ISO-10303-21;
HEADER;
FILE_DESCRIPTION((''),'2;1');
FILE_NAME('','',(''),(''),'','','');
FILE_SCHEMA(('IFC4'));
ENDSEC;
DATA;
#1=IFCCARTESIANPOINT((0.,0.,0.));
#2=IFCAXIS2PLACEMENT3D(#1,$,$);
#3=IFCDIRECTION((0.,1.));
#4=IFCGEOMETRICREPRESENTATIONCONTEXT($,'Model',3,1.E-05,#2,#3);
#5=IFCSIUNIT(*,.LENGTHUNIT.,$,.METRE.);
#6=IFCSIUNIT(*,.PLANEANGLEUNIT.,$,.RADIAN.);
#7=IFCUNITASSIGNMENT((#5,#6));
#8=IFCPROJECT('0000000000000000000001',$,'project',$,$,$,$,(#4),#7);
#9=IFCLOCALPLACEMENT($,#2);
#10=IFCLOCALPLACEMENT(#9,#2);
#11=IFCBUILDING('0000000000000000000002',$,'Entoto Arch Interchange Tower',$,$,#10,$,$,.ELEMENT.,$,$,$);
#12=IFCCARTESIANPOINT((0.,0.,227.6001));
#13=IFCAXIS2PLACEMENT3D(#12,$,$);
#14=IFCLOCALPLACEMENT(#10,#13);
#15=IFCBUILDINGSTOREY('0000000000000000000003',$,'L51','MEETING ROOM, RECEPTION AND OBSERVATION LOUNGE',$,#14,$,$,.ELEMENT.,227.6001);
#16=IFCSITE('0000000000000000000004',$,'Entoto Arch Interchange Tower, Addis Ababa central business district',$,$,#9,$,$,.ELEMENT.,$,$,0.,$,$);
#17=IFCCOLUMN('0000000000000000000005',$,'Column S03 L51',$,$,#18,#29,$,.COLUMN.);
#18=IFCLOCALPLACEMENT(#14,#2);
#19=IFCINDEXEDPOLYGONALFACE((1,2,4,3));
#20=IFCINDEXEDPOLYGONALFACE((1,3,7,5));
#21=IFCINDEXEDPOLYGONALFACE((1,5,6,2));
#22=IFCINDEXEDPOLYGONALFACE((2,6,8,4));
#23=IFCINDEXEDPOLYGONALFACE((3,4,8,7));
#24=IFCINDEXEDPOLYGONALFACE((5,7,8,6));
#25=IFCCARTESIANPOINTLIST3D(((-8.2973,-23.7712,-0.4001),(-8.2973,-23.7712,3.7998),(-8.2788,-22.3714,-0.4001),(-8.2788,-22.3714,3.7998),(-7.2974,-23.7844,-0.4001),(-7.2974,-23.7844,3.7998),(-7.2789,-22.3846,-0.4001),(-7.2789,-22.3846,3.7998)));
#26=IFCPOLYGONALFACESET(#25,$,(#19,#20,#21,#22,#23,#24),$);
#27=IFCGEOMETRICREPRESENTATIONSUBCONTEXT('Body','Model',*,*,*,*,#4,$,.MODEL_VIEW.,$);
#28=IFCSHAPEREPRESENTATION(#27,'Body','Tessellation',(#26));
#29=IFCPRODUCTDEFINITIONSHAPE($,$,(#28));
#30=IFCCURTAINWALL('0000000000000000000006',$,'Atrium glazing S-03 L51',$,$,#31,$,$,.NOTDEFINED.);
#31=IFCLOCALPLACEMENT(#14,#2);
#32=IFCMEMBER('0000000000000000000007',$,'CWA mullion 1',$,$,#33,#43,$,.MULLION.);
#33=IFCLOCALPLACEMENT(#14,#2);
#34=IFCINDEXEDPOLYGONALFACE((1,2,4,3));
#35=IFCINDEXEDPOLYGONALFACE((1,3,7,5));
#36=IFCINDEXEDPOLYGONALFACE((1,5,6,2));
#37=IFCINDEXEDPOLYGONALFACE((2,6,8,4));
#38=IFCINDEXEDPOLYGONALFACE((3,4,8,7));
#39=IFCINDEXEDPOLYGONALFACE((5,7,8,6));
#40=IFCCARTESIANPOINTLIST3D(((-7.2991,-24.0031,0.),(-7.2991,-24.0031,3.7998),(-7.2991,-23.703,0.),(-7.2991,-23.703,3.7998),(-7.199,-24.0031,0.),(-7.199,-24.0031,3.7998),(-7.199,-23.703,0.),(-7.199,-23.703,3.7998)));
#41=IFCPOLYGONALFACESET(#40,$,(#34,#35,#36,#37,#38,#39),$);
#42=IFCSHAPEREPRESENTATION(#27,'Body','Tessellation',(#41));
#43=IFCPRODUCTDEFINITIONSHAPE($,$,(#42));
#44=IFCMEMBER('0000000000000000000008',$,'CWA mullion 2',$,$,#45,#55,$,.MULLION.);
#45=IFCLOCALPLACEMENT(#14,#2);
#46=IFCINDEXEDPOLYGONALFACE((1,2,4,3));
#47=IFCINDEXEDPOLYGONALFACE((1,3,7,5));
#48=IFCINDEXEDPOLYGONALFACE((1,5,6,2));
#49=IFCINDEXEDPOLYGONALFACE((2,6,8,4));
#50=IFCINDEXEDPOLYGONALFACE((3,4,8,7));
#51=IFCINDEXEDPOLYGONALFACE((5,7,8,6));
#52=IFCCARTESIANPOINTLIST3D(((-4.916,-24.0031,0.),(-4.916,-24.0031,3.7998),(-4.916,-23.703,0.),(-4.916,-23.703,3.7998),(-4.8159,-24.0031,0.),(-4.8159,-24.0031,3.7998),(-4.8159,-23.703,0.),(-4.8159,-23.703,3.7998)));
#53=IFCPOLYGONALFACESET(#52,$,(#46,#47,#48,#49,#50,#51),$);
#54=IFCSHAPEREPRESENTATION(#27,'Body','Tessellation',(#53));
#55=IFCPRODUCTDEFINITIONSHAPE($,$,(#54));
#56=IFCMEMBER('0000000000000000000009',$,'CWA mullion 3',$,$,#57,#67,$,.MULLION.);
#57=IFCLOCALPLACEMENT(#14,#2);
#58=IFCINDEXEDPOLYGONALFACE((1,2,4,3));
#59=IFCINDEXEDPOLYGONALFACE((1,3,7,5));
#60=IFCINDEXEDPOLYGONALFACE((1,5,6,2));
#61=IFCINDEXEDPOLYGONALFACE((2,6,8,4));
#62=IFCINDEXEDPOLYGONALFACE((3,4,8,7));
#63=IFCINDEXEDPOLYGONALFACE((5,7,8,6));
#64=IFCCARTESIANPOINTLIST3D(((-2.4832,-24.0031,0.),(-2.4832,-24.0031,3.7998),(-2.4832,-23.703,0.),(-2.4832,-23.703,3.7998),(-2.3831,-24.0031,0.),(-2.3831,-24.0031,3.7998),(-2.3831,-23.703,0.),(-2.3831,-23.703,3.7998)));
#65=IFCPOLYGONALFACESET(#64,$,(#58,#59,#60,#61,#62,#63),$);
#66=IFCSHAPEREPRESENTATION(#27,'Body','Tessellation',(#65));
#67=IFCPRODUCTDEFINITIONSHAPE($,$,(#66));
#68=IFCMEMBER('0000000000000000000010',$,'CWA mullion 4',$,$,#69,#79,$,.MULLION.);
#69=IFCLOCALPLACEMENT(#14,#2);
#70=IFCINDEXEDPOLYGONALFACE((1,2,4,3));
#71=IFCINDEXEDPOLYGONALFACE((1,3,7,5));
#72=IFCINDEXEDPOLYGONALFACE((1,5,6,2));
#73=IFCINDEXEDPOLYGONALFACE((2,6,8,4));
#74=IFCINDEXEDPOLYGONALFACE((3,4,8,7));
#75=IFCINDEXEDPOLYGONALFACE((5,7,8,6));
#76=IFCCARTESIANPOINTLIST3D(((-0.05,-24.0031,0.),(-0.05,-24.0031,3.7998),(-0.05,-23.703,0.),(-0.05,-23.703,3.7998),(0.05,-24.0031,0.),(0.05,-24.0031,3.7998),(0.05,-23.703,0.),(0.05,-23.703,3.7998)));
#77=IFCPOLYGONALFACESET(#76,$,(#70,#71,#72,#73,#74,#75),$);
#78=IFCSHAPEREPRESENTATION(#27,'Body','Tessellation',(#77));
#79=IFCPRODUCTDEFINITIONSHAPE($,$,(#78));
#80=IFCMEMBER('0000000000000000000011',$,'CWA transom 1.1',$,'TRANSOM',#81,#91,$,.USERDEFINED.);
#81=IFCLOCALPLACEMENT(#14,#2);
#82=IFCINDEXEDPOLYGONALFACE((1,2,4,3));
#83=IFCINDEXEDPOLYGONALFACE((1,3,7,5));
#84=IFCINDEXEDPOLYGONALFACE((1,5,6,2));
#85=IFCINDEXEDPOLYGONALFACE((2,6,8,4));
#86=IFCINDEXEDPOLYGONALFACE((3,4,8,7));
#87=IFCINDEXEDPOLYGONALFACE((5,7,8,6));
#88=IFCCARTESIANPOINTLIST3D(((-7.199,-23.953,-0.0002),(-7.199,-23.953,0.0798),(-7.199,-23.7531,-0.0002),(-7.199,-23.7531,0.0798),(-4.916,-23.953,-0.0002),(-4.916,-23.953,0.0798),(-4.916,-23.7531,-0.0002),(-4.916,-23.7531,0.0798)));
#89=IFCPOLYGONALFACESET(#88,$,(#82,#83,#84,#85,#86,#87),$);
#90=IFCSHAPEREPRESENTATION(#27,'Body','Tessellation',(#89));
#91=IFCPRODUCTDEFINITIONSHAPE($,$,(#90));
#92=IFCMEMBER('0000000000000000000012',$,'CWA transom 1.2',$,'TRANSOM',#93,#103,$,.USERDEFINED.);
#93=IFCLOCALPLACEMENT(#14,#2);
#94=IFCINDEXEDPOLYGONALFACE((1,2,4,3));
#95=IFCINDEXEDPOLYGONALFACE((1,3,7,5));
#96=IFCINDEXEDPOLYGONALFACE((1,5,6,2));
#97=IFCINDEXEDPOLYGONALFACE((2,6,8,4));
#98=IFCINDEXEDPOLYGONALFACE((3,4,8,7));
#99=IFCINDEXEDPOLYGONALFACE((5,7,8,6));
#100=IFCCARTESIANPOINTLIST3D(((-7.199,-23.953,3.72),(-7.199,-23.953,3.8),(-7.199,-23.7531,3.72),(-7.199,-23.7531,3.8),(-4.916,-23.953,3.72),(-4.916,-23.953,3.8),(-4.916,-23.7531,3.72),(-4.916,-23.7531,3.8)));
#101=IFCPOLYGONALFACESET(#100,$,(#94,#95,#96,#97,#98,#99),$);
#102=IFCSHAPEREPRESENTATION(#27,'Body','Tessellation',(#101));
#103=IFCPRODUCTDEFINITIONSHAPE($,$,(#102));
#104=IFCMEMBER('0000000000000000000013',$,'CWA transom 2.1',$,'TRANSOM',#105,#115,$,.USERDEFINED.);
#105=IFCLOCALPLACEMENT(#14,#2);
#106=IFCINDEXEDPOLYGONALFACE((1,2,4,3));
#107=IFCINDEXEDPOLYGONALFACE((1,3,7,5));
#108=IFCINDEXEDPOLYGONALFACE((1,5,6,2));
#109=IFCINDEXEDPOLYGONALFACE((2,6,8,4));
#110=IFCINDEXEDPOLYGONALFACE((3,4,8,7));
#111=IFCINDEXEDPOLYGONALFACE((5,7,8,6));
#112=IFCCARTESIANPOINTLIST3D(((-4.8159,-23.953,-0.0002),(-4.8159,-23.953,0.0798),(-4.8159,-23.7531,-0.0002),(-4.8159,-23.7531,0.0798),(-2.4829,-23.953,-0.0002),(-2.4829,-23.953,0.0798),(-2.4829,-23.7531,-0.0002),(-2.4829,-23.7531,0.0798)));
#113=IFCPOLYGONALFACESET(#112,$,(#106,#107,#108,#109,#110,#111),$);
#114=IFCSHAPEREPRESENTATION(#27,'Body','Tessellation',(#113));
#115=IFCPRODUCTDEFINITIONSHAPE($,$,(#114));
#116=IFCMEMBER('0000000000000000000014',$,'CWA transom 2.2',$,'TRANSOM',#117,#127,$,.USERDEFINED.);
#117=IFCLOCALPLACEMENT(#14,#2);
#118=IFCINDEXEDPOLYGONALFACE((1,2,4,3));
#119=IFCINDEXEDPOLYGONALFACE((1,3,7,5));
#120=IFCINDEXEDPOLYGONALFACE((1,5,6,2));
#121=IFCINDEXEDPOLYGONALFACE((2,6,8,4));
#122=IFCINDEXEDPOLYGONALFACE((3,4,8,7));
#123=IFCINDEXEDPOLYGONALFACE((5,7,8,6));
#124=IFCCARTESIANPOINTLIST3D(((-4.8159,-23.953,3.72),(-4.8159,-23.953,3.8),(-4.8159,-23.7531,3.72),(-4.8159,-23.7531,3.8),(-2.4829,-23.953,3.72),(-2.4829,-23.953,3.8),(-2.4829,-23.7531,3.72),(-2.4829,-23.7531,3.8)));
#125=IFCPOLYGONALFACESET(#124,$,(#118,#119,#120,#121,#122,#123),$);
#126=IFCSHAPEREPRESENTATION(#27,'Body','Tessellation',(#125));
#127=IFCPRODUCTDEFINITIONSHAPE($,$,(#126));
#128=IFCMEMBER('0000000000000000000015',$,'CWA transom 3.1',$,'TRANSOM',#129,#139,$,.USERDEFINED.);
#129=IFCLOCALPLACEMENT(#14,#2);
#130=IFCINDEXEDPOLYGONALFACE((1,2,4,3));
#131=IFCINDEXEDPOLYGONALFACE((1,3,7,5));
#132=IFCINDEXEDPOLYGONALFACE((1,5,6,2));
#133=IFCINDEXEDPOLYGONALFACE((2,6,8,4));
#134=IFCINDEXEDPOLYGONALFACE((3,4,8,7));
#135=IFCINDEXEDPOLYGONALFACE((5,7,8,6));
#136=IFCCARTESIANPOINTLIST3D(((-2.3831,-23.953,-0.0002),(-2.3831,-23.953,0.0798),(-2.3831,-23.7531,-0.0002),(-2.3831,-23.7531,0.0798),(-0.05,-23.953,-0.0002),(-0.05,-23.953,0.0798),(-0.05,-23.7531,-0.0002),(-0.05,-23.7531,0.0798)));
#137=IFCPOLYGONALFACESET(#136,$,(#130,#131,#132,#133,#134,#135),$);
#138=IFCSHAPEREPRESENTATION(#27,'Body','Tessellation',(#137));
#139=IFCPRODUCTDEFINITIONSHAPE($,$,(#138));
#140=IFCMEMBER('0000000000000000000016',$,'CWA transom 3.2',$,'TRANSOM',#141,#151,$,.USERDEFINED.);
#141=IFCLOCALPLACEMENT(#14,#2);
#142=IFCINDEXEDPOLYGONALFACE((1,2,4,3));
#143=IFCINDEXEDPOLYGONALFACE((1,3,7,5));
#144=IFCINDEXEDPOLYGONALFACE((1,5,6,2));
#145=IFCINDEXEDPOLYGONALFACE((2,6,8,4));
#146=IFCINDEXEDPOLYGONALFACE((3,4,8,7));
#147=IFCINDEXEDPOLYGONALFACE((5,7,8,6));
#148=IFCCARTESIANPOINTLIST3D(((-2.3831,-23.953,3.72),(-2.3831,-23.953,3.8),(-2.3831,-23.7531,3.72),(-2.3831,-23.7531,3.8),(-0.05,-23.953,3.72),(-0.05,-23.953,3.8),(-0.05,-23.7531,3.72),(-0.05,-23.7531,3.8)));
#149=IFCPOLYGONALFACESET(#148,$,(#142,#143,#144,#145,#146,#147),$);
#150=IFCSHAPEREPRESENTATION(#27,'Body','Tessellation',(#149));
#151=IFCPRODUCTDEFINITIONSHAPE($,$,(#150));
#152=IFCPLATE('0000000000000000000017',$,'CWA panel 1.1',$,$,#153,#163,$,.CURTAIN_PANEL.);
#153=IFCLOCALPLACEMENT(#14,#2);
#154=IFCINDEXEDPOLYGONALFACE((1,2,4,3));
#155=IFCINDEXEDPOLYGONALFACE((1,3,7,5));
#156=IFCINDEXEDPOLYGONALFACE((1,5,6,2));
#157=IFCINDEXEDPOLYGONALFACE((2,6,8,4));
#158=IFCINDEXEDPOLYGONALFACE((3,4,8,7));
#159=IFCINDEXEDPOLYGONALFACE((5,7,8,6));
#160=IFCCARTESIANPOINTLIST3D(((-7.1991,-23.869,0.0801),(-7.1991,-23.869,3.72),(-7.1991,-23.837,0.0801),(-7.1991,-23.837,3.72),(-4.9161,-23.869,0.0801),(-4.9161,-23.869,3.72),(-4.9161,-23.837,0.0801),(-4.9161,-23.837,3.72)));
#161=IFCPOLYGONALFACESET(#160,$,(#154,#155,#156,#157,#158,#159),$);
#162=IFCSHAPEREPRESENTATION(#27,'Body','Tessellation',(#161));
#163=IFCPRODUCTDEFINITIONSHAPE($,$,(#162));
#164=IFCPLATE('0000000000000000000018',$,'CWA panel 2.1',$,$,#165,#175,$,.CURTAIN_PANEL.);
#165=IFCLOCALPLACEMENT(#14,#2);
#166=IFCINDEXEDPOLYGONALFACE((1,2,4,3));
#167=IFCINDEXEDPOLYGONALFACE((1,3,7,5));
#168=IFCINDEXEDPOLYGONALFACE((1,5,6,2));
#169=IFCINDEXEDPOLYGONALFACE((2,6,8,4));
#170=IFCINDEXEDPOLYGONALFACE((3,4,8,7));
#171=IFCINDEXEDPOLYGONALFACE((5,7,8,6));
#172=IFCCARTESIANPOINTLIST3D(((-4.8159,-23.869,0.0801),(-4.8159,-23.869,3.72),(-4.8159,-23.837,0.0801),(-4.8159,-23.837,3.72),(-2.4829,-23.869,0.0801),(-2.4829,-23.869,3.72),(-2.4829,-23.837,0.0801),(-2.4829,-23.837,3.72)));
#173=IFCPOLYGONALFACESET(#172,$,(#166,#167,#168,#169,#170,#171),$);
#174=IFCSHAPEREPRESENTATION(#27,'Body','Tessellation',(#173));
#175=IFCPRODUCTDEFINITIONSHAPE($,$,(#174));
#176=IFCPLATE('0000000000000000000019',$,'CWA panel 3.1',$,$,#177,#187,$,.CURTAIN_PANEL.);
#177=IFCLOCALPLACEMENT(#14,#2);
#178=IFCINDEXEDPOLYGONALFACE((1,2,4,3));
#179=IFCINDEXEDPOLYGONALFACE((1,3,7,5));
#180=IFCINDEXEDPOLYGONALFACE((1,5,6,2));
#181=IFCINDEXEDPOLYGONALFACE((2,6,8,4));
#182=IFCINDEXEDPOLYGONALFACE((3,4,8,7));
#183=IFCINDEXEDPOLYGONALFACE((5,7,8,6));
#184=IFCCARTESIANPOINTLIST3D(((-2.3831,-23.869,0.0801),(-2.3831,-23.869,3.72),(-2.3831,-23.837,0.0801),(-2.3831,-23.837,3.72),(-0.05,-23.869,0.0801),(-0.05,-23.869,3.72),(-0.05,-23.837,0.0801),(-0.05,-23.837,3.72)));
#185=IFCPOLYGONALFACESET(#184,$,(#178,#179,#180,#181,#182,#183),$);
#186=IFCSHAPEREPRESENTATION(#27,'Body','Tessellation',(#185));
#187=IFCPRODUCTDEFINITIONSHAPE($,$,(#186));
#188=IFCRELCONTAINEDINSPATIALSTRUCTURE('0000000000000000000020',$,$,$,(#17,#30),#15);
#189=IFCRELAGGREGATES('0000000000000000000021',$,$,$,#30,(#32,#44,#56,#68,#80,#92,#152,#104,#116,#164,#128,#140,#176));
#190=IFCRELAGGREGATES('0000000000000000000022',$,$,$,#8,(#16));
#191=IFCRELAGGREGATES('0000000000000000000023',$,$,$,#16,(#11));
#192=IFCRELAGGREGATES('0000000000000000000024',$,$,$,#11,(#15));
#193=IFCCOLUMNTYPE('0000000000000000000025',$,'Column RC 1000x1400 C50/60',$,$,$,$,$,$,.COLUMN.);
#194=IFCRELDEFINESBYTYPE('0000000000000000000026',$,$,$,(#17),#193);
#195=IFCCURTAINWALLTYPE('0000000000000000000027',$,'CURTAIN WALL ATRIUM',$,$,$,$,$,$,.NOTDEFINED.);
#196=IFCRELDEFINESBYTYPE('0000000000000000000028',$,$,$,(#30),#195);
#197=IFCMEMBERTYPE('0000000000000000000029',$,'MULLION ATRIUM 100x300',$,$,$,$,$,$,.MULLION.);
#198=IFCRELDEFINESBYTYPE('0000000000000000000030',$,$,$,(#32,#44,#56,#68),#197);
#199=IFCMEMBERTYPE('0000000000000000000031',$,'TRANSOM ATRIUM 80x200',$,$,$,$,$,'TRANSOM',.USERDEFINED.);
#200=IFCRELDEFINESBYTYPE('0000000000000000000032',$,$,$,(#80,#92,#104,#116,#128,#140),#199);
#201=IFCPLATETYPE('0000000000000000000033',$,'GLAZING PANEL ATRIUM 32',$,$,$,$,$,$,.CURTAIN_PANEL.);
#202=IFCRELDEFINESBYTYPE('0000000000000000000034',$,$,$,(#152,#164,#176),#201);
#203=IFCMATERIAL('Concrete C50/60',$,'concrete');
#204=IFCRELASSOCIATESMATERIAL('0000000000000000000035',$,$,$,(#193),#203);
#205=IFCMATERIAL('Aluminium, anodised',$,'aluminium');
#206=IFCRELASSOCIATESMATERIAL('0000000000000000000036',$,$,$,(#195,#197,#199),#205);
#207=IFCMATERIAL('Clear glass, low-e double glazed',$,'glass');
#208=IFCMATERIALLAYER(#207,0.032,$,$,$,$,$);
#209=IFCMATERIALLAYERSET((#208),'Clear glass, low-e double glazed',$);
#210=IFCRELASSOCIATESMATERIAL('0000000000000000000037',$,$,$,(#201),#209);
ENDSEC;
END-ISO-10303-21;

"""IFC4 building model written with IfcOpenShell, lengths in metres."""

from ifc_helpers import new_model, si_unit, direction, frame, origin, origin_2d, place, context, subcontext, project, spatial, rectangle, extrude, material, layer, layer_set, material_profile, profile_set, type_object, element, aggregate, save


model = new_model("IFC4")

# Units and contexts
model_context = context("Model", 3, precision=1e-05, world=origin(), true_north=direction((0.0, 1.0)))
body_context = subcontext(model_context, "Body", "Model", "MODEL_VIEW")
ifc_project = project(units=[si_unit("LENGTHUNIT", "METRE"), si_unit("PLANEANGLEUNIT", "RADIAN")], contexts=[model_context])

# Site, building, storey
site_placement = place(None, origin())
site = spatial("IfcSite", under=ifc_project, at=site_placement, Name="Entoto Arch Interchange Tower, Addis Ababa central business district", CompositionType="ELEMENT", RefElevation=0.0)
building_placement = place(site_placement, origin())
building = spatial("IfcBuilding", under=site, at=building_placement, Name="Entoto Arch Interchange Tower", CompositionType="ELEMENT")
storey_placement = place(building_placement, frame((0.0, 0.0, 227.6001)))
storey = spatial("IfcBuildingStorey", under=building, at=storey_placement, Name="L51", Description="MEETING ROOM, RECEPTION AND OBSERVATION LOUNGE", CompositionType="ELEMENT", Elevation=227.6001)

# Column
ifc_material_1 = material(Name="Concrete C50/60", Category="concrete")
ifc_material_profile_1 = material_profile(ifc_material_1, rectangle(XDim=1.0, YDim=1.3999, at=origin_2d()))
ifc_profile_set_1 = profile_set([ifc_material_profile_1], Name="Concrete C50/60")
column_type = type_object("IfcColumnType", Name="Column RC 1000x1400 C50/60", PredefinedType="COLUMN", material=ifc_profile_set_1)
column_placement = place(storey_placement, frame((-7.7881, -23.0779, -0.4001), z_axis=(0.0, 0.0, 1.0), x_axis=(-0.999913, 0.013177, 0.0)))
element("IfcColumn", 1, at=column_placement, inside=storey, type_object=column_type, Name="Column S03 L51", PredefinedType="COLUMN", context=body_context, shape_type="SweptSolid", body=[
    extrude(rectangle(XDim=1.0, YDim=1.3999, at=origin_2d()), origin(), (0.0, 0.0, 1.0), 4.2),
])

# Curtain wall, members, plates
ifc_material_2 = material(Name="Aluminium, anodised", Category="aluminium")
curtain_wall_type = type_object("IfcCurtainWallType", Name="CURTAIN WALL ATRIUM", PredefinedType="NOTDEFINED", material=ifc_material_2)
curtain_wall_placement = place(storey_placement, origin())
curtain_wall = element("IfcCurtainWall", 2, at=curtain_wall_placement, inside=storey, type_object=curtain_wall_type, Name="Atrium glazing S-03 L51", PredefinedType="NOTDEFINED")
ifc_material_profile_2 = material_profile(ifc_material_2, rectangle(XDim=0.3, YDim=0.1001, at=origin_2d()))
ifc_profile_set_2 = profile_set([ifc_material_profile_2], Name="Aluminium, anodised")
member_type_1 = type_object("IfcMemberType", Name="MULLION ATRIUM 100x300", PredefinedType="MULLION", material=ifc_profile_set_2)
member_1_placement = place(storey_placement, frame((-7.249, -23.853, 0.0), z_axis=(0.0, 0.0, 1.0), x_axis=(0.0, 1.0, 0.0)))
member_1 = element("IfcMember", 3, at=member_1_placement, type_object=member_type_1, Name="CWA mullion 1", PredefinedType="MULLION", context=body_context, shape_type="SweptSolid", body=[
    extrude(rectangle(XDim=0.3, YDim=0.1001, at=origin_2d()), origin(), (0.0, 0.0, 1.0), 3.7998),
])
member_2_placement = place(storey_placement, frame((-4.866, -23.853, 0.0), z_axis=(0.0, 0.0, 1.0), x_axis=(0.0, 1.0, 0.0)))
member_2 = element("IfcMember", 4, at=member_2_placement, type_object=member_type_1, Name="CWA mullion 2", PredefinedType="MULLION", context=body_context, shape_type="SweptSolid", body=[
    extrude(rectangle(XDim=0.3, YDim=0.1001, at=origin_2d()), origin(), (0.0, 0.0, 1.0), 3.7998),
])
member_3_placement = place(storey_placement, frame((-2.4331, -23.853, 0.0), z_axis=(0.0, 0.0, 1.0), x_axis=(0.0, 1.0, 0.0)))
member_3 = element("IfcMember", 5, at=member_3_placement, type_object=member_type_1, Name="CWA mullion 3", PredefinedType="MULLION", context=body_context, shape_type="SweptSolid", body=[
    extrude(rectangle(XDim=0.3, YDim=0.1001, at=origin_2d()), origin(), (0.0, 0.0, 1.0), 3.7998),
])
member_4_placement = place(storey_placement, frame((0.0, -23.853, 0.0), z_axis=(0.0, 0.0, 1.0), x_axis=(0.0, 1.0, 0.0)))
member_4 = element("IfcMember", 6, at=member_4_placement, type_object=member_type_1, Name="CWA mullion 4", PredefinedType="MULLION", context=body_context, shape_type="SweptSolid", body=[
    extrude(rectangle(XDim=0.3, YDim=0.1001, at=origin_2d()), origin(), (0.0, 0.0, 1.0), 3.7998),
])
ifc_material_profile_3 = material_profile(ifc_material_2, rectangle(XDim=0.2, YDim=0.0801, at=origin_2d()))
ifc_profile_set_3 = profile_set([ifc_material_profile_3], Name="Aluminium, anodised")
member_type_2 = type_object("IfcMemberType", Name="TRANSOM ATRIUM 80x200", ElementType="TRANSOM", PredefinedType="USERDEFINED", material=ifc_profile_set_3)
member_5_placement = place(storey_placement, frame((-7.199, -23.853, 0.0398), z_axis=(1.0, 0.0, 0.0), x_axis=(0.0, 1.0, 0.0)))
member_5 = element("IfcMember", 7, at=member_5_placement, type_object=member_type_2, Name="CWA transom 1.1", ObjectType="TRANSOM", PredefinedType="USERDEFINED", context=body_context, shape_type="SweptSolid", body=[
    extrude(rectangle(XDim=0.2, YDim=0.0801, at=origin_2d()), origin(), (0.0, 0.0, 1.0), 2.283),
])
member_6_placement = place(storey_placement, frame((-7.199, -23.853, 3.76), z_axis=(1.0, 0.0, 0.0), x_axis=(0.0, 1.0, 0.0)))
member_6 = element("IfcMember", 8, at=member_6_placement, type_object=member_type_2, Name="CWA transom 1.2", ObjectType="TRANSOM", PredefinedType="USERDEFINED", context=body_context, shape_type="SweptSolid", body=[
    extrude(rectangle(XDim=0.2, YDim=0.0801, at=origin_2d()), origin(), (0.0, 0.0, 1.0), 2.283),
])
member_7_placement = place(storey_placement, frame((-4.8159, -23.853, 0.0398), z_axis=(1.0, 0.0, 0.0), x_axis=(0.0, 1.0, 0.0)))
member_7 = element("IfcMember", 9, at=member_7_placement, type_object=member_type_2, Name="CWA transom 2.1", ObjectType="TRANSOM", PredefinedType="USERDEFINED", context=body_context, shape_type="SweptSolid", body=[
    extrude(rectangle(XDim=0.2, YDim=0.0801, at=origin_2d()), origin(), (0.0, 0.0, 1.0), 2.333),
])
member_8_placement = place(storey_placement, frame((-4.8159, -23.853, 3.76), z_axis=(1.0, 0.0, 0.0), x_axis=(0.0, 1.0, 0.0)))
member_8 = element("IfcMember", 10, at=member_8_placement, type_object=member_type_2, Name="CWA transom 2.2", ObjectType="TRANSOM", PredefinedType="USERDEFINED", context=body_context, shape_type="SweptSolid", body=[
    extrude(rectangle(XDim=0.2, YDim=0.0801, at=origin_2d()), origin(), (0.0, 0.0, 1.0), 2.333),
])
member_9_placement = place(storey_placement, frame((-2.3831, -23.853, 0.0398), z_axis=(1.0, 0.0, 0.0), x_axis=(0.0, 1.0, 0.0)))
member_9 = element("IfcMember", 11, at=member_9_placement, type_object=member_type_2, Name="CWA transom 3.1", ObjectType="TRANSOM", PredefinedType="USERDEFINED", context=body_context, shape_type="SweptSolid", body=[
    extrude(rectangle(XDim=0.2, YDim=0.0801, at=origin_2d()), origin(), (0.0, 0.0, 1.0), 2.333),
])
member_10_placement = place(storey_placement, frame((-2.3831, -23.853, 3.76), z_axis=(1.0, 0.0, 0.0), x_axis=(0.0, 1.0, 0.0)))
member_10 = element("IfcMember", 12, at=member_10_placement, type_object=member_type_2, Name="CWA transom 3.2", ObjectType="TRANSOM", PredefinedType="USERDEFINED", context=body_context, shape_type="SweptSolid", body=[
    extrude(rectangle(XDim=0.2, YDim=0.0801, at=origin_2d()), origin(), (0.0, 0.0, 1.0), 2.333),
])
ifc_material_3 = material(Name="Clear glass, low-e double glazed", Category="glass")
ifc_layer_1 = layer(ifc_material_3, 0.032)
ifc_layer_set_1 = layer_set([ifc_layer_1], Name="Clear glass, low-e double glazed")
plate_type = type_object("IfcPlateType", Name="GLAZING PANEL ATRIUM 32", PredefinedType="CURTAIN_PANEL", material=ifc_layer_set_1)
plate_1_placement = place(storey_placement, frame((-6.0576, -23.853, 0.0801), z_axis=(0.0, 0.0, 1.0), x_axis=(1.0, 0.0, 0.0)))
plate_1 = element("IfcPlate", 13, at=plate_1_placement, type_object=plate_type, Name="CWA panel 1.1", PredefinedType="CURTAIN_PANEL", context=body_context, shape_type="SweptSolid", body=[
    extrude(rectangle(XDim=2.283, YDim=0.032, at=origin_2d()), origin(), (0.0, 0.0, 1.0), 3.6399),
])
plate_2_placement = place(storey_placement, frame((-3.6494, -23.853, 0.0801), z_axis=(0.0, 0.0, 1.0), x_axis=(1.0, 0.0, 0.0)))
plate_2 = element("IfcPlate", 14, at=plate_2_placement, type_object=plate_type, Name="CWA panel 2.1", PredefinedType="CURTAIN_PANEL", context=body_context, shape_type="SweptSolid", body=[
    extrude(rectangle(XDim=2.333, YDim=0.032, at=origin_2d()), origin(), (0.0, 0.0, 1.0), 3.6399),
])
plate_3_placement = place(storey_placement, frame((-1.2166, -23.853, 0.0801), z_axis=(0.0, 0.0, 1.0), x_axis=(1.0, 0.0, 0.0)))
plate_3 = element("IfcPlate", 15, at=plate_3_placement, type_object=plate_type, Name="CWA panel 3.1", PredefinedType="CURTAIN_PANEL", context=body_context, shape_type="SweptSolid", body=[
    extrude(rectangle(XDim=2.333, YDim=0.032, at=origin_2d()), origin(), (0.0, 0.0, 1.0), 3.6399),
])
aggregate(curtain_wall, [member_1, member_2, member_3, member_4, member_5, member_6, plate_1, member_7, member_8, plate_2, member_9, member_10, plate_3])

save(model, "model.ifc")
